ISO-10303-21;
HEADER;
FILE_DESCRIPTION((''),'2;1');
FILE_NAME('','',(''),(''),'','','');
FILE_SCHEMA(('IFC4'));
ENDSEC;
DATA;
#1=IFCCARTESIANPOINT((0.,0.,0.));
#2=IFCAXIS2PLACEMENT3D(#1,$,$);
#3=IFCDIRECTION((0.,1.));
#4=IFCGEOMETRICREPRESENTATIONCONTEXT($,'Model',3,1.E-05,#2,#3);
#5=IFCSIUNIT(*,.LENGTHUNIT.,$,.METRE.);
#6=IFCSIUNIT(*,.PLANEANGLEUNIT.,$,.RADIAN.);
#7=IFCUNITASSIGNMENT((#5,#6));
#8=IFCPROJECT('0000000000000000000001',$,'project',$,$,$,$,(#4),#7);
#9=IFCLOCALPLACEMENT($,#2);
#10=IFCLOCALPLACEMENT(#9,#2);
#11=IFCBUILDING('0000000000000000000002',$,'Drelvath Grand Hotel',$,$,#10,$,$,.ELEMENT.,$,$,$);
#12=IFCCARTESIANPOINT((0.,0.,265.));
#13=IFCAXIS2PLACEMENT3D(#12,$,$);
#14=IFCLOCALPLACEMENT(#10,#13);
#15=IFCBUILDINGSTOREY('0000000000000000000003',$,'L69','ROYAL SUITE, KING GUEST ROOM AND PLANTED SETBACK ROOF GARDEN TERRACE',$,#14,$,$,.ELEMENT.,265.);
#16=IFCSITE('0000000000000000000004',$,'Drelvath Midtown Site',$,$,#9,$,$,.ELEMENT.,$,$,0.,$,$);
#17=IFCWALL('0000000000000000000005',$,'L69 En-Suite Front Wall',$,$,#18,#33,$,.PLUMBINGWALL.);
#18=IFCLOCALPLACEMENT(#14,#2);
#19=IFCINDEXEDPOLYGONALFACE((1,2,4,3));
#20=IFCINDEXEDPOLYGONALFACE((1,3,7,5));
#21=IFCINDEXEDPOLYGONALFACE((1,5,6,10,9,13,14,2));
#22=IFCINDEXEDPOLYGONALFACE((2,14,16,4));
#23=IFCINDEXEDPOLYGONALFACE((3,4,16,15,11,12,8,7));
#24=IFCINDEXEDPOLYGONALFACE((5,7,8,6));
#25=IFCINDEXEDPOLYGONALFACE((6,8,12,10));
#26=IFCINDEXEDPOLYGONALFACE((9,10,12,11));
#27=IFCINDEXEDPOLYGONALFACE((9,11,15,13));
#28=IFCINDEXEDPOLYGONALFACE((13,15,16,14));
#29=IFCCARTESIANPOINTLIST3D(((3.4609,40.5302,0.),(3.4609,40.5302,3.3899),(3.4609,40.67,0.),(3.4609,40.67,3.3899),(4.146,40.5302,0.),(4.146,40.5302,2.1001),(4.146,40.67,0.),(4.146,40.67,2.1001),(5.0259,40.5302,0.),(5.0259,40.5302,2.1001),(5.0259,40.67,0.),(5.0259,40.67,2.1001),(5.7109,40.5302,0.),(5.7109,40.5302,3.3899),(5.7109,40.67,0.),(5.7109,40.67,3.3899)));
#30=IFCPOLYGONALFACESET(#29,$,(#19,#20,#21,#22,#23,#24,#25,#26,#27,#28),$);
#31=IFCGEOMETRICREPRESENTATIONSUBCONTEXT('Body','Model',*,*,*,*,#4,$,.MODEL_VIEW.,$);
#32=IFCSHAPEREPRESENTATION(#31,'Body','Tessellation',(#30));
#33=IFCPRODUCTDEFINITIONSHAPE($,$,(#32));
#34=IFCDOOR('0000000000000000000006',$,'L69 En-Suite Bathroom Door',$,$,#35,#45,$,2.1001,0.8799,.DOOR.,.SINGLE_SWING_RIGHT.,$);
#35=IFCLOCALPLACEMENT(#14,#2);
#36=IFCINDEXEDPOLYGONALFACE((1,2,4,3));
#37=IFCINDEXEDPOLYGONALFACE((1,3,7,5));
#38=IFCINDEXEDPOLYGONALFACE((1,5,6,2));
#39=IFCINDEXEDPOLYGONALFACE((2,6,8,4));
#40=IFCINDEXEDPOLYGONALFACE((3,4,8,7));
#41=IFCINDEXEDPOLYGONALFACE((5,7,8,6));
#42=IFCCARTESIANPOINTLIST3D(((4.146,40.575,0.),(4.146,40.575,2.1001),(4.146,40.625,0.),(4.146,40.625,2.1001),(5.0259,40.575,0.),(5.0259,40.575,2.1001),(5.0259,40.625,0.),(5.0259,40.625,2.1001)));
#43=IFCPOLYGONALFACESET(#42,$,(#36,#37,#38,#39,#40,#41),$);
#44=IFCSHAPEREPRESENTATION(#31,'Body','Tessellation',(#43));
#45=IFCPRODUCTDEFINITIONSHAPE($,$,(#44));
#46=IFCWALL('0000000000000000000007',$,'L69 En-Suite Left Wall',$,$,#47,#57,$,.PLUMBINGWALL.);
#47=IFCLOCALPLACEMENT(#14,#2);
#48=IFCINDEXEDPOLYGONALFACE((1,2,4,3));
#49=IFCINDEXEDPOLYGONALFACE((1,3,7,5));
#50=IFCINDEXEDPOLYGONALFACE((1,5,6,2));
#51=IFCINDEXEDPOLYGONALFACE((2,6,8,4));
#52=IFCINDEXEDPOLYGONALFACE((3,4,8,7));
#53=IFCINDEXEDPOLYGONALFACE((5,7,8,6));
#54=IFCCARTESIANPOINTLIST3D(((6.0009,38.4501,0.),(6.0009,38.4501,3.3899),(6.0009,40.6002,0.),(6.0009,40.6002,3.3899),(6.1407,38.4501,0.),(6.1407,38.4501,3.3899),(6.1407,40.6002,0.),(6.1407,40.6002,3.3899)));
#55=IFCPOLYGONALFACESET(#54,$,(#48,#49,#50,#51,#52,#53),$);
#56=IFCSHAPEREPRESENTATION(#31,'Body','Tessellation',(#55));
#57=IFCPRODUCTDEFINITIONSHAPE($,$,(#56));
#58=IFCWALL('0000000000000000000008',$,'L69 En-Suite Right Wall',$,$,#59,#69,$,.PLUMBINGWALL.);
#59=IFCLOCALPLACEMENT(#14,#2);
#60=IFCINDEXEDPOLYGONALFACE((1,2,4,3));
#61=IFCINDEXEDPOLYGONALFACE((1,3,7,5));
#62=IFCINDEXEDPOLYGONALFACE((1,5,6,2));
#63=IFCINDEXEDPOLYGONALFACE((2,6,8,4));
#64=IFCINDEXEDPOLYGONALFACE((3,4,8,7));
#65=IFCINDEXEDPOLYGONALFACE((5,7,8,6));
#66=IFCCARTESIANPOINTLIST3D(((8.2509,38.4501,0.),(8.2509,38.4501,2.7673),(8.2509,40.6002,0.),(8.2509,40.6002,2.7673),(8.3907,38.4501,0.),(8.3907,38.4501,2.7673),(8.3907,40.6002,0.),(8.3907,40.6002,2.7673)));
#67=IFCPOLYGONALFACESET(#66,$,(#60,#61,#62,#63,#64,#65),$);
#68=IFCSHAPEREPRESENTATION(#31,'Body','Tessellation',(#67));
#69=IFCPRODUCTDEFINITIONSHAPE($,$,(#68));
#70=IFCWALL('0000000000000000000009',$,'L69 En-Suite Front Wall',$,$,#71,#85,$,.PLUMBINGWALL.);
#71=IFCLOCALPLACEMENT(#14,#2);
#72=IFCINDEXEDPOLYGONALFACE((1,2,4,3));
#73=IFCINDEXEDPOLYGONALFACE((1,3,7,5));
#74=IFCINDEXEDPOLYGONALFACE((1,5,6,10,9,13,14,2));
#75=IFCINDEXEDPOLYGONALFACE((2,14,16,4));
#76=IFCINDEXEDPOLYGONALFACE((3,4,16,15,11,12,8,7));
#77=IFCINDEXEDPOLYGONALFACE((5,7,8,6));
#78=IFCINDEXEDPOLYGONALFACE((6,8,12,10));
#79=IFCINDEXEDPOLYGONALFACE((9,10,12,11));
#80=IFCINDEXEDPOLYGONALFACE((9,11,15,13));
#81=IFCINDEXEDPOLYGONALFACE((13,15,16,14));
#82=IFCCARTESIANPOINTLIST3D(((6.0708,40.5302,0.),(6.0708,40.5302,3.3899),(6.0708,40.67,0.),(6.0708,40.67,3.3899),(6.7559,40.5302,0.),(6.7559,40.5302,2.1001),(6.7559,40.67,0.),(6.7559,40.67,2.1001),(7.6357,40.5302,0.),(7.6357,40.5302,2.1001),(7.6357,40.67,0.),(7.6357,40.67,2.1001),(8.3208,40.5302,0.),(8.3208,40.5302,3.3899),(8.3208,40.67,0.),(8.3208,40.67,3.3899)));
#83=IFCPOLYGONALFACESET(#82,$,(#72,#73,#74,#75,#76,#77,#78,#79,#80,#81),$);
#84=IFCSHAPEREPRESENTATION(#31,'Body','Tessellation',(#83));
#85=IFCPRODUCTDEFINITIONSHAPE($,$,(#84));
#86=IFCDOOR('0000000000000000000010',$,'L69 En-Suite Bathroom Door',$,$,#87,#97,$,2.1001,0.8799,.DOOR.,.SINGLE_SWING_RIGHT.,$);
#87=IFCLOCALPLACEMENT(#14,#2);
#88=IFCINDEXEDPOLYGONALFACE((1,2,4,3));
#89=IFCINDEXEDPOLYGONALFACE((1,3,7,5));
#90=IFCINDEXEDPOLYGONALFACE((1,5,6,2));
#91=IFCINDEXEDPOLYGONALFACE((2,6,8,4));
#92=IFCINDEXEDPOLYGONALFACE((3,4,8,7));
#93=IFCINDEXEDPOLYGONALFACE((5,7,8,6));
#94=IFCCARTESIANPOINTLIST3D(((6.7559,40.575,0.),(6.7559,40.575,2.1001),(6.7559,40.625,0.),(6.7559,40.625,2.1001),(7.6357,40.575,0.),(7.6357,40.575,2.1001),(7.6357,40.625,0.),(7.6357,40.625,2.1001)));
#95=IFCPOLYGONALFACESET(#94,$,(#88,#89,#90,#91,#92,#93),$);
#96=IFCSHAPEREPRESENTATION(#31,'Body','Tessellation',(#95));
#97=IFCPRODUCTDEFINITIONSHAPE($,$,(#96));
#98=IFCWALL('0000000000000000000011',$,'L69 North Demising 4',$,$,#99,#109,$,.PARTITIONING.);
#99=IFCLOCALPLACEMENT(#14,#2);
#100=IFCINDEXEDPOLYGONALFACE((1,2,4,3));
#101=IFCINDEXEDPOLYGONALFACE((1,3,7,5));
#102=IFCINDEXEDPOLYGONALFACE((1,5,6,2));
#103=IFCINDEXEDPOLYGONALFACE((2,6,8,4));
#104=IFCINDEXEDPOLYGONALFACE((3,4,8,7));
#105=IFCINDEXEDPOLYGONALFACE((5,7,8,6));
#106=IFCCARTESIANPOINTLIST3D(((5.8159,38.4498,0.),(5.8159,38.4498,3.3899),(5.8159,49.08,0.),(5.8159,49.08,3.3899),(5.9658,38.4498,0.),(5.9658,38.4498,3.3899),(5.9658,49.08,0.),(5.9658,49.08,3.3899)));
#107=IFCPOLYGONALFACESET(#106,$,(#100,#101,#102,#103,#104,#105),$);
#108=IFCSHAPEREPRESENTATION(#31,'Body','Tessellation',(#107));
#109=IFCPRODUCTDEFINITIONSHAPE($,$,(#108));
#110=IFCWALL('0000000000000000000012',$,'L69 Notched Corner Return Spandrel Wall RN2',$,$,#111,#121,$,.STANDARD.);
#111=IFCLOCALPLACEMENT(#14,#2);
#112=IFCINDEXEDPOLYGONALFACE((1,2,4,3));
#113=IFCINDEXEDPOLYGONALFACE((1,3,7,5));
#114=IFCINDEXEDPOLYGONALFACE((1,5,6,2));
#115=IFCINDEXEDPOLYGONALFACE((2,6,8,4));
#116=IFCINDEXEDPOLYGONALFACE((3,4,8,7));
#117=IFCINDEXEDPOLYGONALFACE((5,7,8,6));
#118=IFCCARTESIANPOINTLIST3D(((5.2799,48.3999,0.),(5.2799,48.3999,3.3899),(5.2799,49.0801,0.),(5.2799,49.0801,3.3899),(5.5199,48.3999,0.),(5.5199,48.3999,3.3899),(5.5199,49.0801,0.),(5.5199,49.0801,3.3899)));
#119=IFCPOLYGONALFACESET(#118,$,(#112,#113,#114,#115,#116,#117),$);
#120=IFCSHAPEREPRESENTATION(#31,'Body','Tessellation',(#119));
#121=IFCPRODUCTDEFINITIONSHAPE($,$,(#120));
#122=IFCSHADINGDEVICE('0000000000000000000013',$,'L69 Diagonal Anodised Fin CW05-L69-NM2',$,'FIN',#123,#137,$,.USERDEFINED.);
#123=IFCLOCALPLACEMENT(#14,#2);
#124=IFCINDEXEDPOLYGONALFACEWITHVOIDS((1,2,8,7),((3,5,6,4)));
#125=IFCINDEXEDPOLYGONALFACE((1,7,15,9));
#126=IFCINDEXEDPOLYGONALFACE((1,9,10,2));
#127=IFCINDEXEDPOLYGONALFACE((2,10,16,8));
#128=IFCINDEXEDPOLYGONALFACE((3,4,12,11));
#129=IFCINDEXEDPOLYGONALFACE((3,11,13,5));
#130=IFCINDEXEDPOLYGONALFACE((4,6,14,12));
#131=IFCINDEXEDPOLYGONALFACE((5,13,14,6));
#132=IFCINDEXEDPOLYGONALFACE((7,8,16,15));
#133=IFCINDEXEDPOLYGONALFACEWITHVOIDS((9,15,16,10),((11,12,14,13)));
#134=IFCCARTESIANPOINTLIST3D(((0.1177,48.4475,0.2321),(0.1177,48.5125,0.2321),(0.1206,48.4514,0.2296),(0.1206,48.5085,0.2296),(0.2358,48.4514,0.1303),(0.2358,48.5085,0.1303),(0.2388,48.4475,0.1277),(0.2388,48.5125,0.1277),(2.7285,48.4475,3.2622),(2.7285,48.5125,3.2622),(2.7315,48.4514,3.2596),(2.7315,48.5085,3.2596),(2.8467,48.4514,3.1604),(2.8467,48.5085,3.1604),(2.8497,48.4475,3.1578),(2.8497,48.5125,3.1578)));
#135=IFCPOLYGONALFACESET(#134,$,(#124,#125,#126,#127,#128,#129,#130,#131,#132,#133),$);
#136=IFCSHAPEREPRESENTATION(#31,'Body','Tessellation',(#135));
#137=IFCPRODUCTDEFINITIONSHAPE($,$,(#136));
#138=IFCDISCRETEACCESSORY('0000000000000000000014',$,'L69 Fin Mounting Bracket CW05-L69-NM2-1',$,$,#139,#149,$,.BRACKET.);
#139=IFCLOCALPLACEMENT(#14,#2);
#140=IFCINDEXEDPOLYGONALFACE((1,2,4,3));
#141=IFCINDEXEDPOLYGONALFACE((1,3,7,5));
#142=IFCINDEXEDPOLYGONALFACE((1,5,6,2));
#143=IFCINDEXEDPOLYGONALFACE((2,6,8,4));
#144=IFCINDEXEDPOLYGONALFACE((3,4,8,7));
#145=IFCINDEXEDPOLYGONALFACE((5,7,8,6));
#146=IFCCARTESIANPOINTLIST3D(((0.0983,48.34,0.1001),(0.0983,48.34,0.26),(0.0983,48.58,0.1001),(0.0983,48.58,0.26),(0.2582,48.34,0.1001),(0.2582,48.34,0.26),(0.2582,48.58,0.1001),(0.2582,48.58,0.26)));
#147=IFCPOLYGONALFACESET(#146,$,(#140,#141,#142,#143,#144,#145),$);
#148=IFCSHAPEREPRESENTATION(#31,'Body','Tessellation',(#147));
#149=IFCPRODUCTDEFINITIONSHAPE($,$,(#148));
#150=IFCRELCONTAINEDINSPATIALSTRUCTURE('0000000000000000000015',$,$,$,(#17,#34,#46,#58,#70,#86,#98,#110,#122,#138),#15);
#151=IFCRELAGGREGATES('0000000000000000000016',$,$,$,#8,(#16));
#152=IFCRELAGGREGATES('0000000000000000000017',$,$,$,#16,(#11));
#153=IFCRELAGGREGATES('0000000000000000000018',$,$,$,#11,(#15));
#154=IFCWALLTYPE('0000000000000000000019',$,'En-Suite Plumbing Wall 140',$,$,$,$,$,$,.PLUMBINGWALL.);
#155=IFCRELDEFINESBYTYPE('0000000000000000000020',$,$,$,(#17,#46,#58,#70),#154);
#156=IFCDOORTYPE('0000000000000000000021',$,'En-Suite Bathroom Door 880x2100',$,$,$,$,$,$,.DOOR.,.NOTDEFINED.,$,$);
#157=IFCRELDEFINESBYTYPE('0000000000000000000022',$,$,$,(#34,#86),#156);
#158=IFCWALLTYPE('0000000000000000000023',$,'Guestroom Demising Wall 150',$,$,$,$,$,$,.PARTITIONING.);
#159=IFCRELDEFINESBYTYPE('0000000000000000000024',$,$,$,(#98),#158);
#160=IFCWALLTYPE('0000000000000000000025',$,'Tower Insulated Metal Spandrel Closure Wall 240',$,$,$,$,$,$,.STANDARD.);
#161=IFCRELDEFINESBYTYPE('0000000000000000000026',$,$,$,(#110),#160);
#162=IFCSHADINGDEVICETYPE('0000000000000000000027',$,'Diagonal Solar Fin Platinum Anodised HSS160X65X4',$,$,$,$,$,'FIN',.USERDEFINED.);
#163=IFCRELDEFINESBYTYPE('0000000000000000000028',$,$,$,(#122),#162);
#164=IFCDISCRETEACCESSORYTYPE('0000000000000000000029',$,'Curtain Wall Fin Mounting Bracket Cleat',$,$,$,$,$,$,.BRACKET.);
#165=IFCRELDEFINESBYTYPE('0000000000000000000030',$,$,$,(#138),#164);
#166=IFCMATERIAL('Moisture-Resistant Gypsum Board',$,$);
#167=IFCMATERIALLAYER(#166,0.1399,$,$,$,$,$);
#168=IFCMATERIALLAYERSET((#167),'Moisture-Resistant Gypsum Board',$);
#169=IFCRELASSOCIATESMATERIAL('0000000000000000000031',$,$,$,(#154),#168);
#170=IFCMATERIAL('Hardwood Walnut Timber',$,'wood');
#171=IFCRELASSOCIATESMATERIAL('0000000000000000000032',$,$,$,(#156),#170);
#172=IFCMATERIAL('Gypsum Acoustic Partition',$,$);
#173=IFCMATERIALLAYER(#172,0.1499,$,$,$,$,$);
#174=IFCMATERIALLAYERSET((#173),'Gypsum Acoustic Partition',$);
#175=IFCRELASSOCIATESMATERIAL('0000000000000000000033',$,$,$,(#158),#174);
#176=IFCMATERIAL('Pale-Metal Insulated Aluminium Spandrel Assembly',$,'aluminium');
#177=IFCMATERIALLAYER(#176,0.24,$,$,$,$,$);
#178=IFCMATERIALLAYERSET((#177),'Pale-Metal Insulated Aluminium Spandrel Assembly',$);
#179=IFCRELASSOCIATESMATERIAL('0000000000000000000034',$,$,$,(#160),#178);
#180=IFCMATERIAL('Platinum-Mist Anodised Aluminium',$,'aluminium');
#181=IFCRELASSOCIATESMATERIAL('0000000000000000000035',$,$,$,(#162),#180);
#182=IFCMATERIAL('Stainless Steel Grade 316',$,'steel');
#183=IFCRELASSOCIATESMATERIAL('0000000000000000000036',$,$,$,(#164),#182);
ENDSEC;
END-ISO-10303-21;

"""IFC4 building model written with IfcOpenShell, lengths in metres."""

from ifc_helpers import new_model, si_unit, direction, frame, frame_2d, origin, origin_2d, place, context, subcontext, project, spatial, rectangle, hollow_rectangle, extrude, material, layer, layer_set, material_profile, profile_set, type_object, element, fill, save


model = new_model("IFC4")

# Units and contexts
model_context = context("Model", 3, precision=1e-05, world=origin(), true_north=direction((0.0, 1.0)))
body_context = subcontext(model_context, "Body", "Model", "MODEL_VIEW")
ifc_project = project(units=[si_unit("LENGTHUNIT", "METRE"), si_unit("PLANEANGLEUNIT", "RADIAN")], contexts=[model_context])

# Site, building, storey
site_placement = place(None, origin())
site = spatial("IfcSite", under=ifc_project, at=site_placement, Name="Drelvath Midtown Site", CompositionType="ELEMENT", RefElevation=0.0)
building_placement = place(site_placement, origin())
building = spatial("IfcBuilding", under=site, at=building_placement, Name="Drelvath Grand Hotel", CompositionType="ELEMENT")
storey_placement = place(building_placement, frame((0.0, 0.0, 265.0)))
storey = spatial("IfcBuildingStorey", under=building, at=storey_placement, Name="L69", Description="ROYAL SUITE, KING GUEST ROOM AND PLANTED SETBACK ROOF GARDEN TERRACE", CompositionType="ELEMENT", Elevation=265.0)

# Wall, opening, door
ifc_material_1 = material(Name="Moisture-Resistant Gypsum Board")
ifc_layer_1 = layer(ifc_material_1, 0.1399)
ifc_layer_set_1 = layer_set([ifc_layer_1], Name="Moisture-Resistant Gypsum Board")
wall_type_1 = type_object("IfcWallType", Name="En-Suite Plumbing Wall 140", PredefinedType="PLUMBINGWALL", material=ifc_layer_set_1)
wall_1_placement = place(storey_placement, frame((3.4609, 40.6001, 0.0), z_axis=(0.0, 0.0, 1.0), x_axis=(1.0, 0.0, 0.0)))
wall_1 = element("IfcWall", 1, at=wall_1_placement, inside=storey, type_object=wall_type_1, Name="L69 En-Suite Front Wall", PredefinedType="PLUMBINGWALL", context=body_context, shape_type="SweptSolid", body=[
    extrude(rectangle(XDim=2.25, YDim=0.1399, at=frame_2d((1.125, 0.0))), origin(), (0.0, 0.0, 1.0), 3.3899),
])
opening_1_placement = place(wall_1_placement, frame((0.6851, 0.0, 0.0)))
opening_1 = element("IfcOpeningElement", 2, at=opening_1_placement, cuts=wall_1, PredefinedType="OPENING", context=body_context, shape_type="SweptSolid", body=[
    extrude(rectangle(XDim=0.8799, YDim=2.1001, at=frame_2d((0.4399, 1.05))), frame((0.0, 0.0798, 0.0), z_axis=(0.0, -1.0, 0.0), x_axis=(1.0, 0.0, 0.0)), (0.0, 0.0, 1.0), 0.1599),
])
ifc_material_2 = material(Name="Hardwood Walnut Timber", Category="wood")
door_type = type_object("IfcDoorType", Name="En-Suite Bathroom Door 880x2100", OperationType="NOTDEFINED", PredefinedType="DOOR", material=ifc_material_2)
door_1_placement = place(opening_1_placement, origin())
door_1 = element("IfcDoor", 3, at=door_1_placement, inside=storey, type_object=door_type, Name="L69 En-Suite Bathroom Door", OperationType="SINGLE_SWING_RIGHT", OverallHeight=2.1001, OverallWidth=0.8799, PredefinedType="DOOR", context=body_context, shape_type="SweptSolid", body=[
    extrude(rectangle(XDim=0.8799, YDim=2.1001, at=frame_2d((0.4399, 1.05))), frame((0.0, 0.0249, 0.0), z_axis=(0.0, -1.0, 0.0), x_axis=(1.0, 0.0, 0.0)), (0.0, 0.0, 1.0), 0.05),
])
fill(opening_1, door_1)

# Walls
wall_2_placement = place(storey_placement, frame((6.0708, 38.45, 0.0), z_axis=(0.0, 0.0, 1.0), x_axis=(0.0, 1.0, 0.0)))
element("IfcWall", 4, at=wall_2_placement, inside=storey, type_object=wall_type_1, Name="L69 En-Suite Left Wall", PredefinedType="PLUMBINGWALL", context=body_context, shape_type="SweptSolid", body=[
    extrude(rectangle(XDim=2.1501, YDim=0.1399, at=frame_2d((1.0752, 0.0))), origin(), (0.0, 0.0, 1.0), 3.3899),
])
wall_3_placement = place(storey_placement, frame((8.3208, 38.45, 0.0), z_axis=(0.0, 0.0, 1.0), x_axis=(0.0, 1.0, 0.0)))
element("IfcWall", 5, at=wall_3_placement, inside=storey, type_object=wall_type_1, Name="L69 En-Suite Right Wall", PredefinedType="PLUMBINGWALL", context=body_context, shape_type="SweptSolid", body=[
    extrude(rectangle(XDim=2.1501, YDim=0.1399, at=frame_2d((1.0752, 0.0))), origin(), (0.0, 0.0, 1.0), 2.7673),
])

# Wall, opening, door
wall_4_placement = place(storey_placement, frame((6.0708, 40.6001, 0.0), z_axis=(0.0, 0.0, 1.0), x_axis=(1.0, 0.0, 0.0)))
wall_4 = element("IfcWall", 6, at=wall_4_placement, inside=storey, type_object=wall_type_1, Name="L69 En-Suite Front Wall", PredefinedType="PLUMBINGWALL", context=body_context, shape_type="SweptSolid", body=[
    extrude(rectangle(XDim=2.25, YDim=0.1399, at=frame_2d((1.125, 0.0))), origin(), (0.0, 0.0, 1.0), 3.3899),
])
opening_2_placement = place(wall_4_placement, frame((0.6851, 0.0, 0.0)))
opening_2 = element("IfcOpeningElement", 7, at=opening_2_placement, cuts=wall_4, PredefinedType="OPENING", context=body_context, shape_type="SweptSolid", body=[
    extrude(rectangle(XDim=0.8799, YDim=2.1001, at=frame_2d((0.4399, 1.05))), frame((0.0, 0.0798, 0.0), z_axis=(0.0, -1.0, 0.0), x_axis=(1.0, 0.0, 0.0)), (0.0, 0.0, 1.0), 0.1599),
])
door_2_placement = place(opening_2_placement, origin())
door_2 = element("IfcDoor", 8, at=door_2_placement, inside=storey, type_object=door_type, Name="L69 En-Suite Bathroom Door", OperationType="SINGLE_SWING_RIGHT", OverallHeight=2.1001, OverallWidth=0.8799, PredefinedType="DOOR", context=body_context, shape_type="SweptSolid", body=[
    extrude(rectangle(XDim=0.8799, YDim=2.1001, at=frame_2d((0.4399, 1.05))), frame((0.0, 0.0249, 0.0), z_axis=(0.0, -1.0, 0.0), x_axis=(1.0, 0.0, 0.0)), (0.0, 0.0, 1.0), 0.05),
])
fill(opening_2, door_2)

# Walls
ifc_material_3 = material(Name="Gypsum Acoustic Partition")
ifc_layer_2 = layer(ifc_material_3, 0.1499)
ifc_layer_set_2 = layer_set([ifc_layer_2], Name="Gypsum Acoustic Partition")
wall_type_2 = type_object("IfcWallType", Name="Guestroom Demising Wall 150", PredefinedType="PARTITIONING", material=ifc_layer_set_2)
wall_5_placement = place(storey_placement, frame((5.8909, 38.45, 0.0), z_axis=(0.0, 0.0, 1.0), x_axis=(0.0, 1.0, 0.0)))
element("IfcWall", 9, at=wall_5_placement, inside=storey, type_object=wall_type_2, Name="L69 North Demising 4", PredefinedType="PARTITIONING", context=body_context, shape_type="SweptSolid", body=[
    extrude(rectangle(XDim=10.6301, YDim=0.1499, at=frame_2d((5.3149, 0.0))), origin(), (0.0, 0.0, 1.0), 3.3899),
])
ifc_material_4 = material(Name="Pale-Metal Insulated Aluminium Spandrel Assembly", Category="aluminium")
ifc_layer_3 = layer(ifc_material_4, 0.24)
ifc_layer_set_3 = layer_set([ifc_layer_3], Name="Pale-Metal Insulated Aluminium Spandrel Assembly")
wall_type_3 = type_object("IfcWallType", Name="Tower Insulated Metal Spandrel Closure Wall 240", PredefinedType="STANDARD", material=ifc_layer_set_3)
wall_6_placement = place(storey_placement, frame((5.3999, 48.3999, 0.0), z_axis=(0.0, 0.0, 1.0), x_axis=(0.0, 1.0, 0.0)))
element("IfcWall", 10, at=wall_6_placement, inside=storey, type_object=wall_type_3, Name="L69 Notched Corner Return Spandrel Wall RN2", PredefinedType="STANDARD", context=body_context, shape_type="SweptSolid", body=[
    extrude(rectangle(XDim=0.6802, YDim=0.24, at=frame_2d((0.3401, 0.0))), origin(), (0.0, 0.0, 1.0), 3.3899),
])

# Shading device
ifc_material_5 = material(Name="Platinum-Mist Anodised Aluminium", Category="aluminium")
ifc_material_profile_1 = material_profile(ifc_material_5, hollow_rectangle(XDim=0.0649, YDim=0.1599, WallThickness=0.0039, at=origin_2d()), Name="HSS160X65X4")
ifc_profile_set_1 = profile_set([ifc_material_profile_1], Name="Platinum-Mist Anodised Aluminium")
shading_device_type = type_object("IfcShadingDeviceType", Name="Diagonal Solar Fin Platinum Anodised HSS160X65X4", ElementType="FIN", PredefinedType="USERDEFINED", material=ifc_profile_set_1)
shading_device_placement = place(storey_placement, frame((0.1782, 48.48, 0.1799), z_axis=(0.65276, 0.0, 0.757565), x_axis=(0.0, 1.0, 0.0)))
element("IfcShadingDevice", 11, at=shading_device_placement, inside=storey, type_object=shading_device_type, Name="L69 Diagonal Anodised Fin CW05-L69-NM2", ObjectType="FIN", PredefinedType="USERDEFINED", context=body_context, shape_type="SweptSolid", body=[
    extrude(hollow_rectangle(XDim=0.0649, YDim=0.1599, WallThickness=0.0039, at=origin_2d()), origin(), (0.0, 0.0, 1.0), 3.9998),
])

# Discrete accessory
ifc_material_6 = material(Name="Stainless Steel Grade 316", Category="steel")
discrete_accessory_type = type_object("IfcDiscreteAccessoryType", Name="Curtain Wall Fin Mounting Bracket Cleat", PredefinedType="BRACKET", material=ifc_material_6)
discrete_accessory_placement = place(storey_placement, frame((0.1782, 48.46, 0.1001), z_axis=(0.0, 0.0, 1.0), x_axis=(1.0, 0.0, 0.0)))
element("IfcDiscreteAccessory", 12, at=discrete_accessory_placement, inside=storey, type_object=discrete_accessory_type, Name="L69 Fin Mounting Bracket CW05-L69-NM2-1", PredefinedType="BRACKET", context=body_context, shape_type="SweptSolid", body=[
    extrude(rectangle(XDim=0.1599, YDim=0.24, at=origin_2d()), origin(), (0.0, 0.0, 1.0), 0.1599),
])

save(model, "model.ifc")
